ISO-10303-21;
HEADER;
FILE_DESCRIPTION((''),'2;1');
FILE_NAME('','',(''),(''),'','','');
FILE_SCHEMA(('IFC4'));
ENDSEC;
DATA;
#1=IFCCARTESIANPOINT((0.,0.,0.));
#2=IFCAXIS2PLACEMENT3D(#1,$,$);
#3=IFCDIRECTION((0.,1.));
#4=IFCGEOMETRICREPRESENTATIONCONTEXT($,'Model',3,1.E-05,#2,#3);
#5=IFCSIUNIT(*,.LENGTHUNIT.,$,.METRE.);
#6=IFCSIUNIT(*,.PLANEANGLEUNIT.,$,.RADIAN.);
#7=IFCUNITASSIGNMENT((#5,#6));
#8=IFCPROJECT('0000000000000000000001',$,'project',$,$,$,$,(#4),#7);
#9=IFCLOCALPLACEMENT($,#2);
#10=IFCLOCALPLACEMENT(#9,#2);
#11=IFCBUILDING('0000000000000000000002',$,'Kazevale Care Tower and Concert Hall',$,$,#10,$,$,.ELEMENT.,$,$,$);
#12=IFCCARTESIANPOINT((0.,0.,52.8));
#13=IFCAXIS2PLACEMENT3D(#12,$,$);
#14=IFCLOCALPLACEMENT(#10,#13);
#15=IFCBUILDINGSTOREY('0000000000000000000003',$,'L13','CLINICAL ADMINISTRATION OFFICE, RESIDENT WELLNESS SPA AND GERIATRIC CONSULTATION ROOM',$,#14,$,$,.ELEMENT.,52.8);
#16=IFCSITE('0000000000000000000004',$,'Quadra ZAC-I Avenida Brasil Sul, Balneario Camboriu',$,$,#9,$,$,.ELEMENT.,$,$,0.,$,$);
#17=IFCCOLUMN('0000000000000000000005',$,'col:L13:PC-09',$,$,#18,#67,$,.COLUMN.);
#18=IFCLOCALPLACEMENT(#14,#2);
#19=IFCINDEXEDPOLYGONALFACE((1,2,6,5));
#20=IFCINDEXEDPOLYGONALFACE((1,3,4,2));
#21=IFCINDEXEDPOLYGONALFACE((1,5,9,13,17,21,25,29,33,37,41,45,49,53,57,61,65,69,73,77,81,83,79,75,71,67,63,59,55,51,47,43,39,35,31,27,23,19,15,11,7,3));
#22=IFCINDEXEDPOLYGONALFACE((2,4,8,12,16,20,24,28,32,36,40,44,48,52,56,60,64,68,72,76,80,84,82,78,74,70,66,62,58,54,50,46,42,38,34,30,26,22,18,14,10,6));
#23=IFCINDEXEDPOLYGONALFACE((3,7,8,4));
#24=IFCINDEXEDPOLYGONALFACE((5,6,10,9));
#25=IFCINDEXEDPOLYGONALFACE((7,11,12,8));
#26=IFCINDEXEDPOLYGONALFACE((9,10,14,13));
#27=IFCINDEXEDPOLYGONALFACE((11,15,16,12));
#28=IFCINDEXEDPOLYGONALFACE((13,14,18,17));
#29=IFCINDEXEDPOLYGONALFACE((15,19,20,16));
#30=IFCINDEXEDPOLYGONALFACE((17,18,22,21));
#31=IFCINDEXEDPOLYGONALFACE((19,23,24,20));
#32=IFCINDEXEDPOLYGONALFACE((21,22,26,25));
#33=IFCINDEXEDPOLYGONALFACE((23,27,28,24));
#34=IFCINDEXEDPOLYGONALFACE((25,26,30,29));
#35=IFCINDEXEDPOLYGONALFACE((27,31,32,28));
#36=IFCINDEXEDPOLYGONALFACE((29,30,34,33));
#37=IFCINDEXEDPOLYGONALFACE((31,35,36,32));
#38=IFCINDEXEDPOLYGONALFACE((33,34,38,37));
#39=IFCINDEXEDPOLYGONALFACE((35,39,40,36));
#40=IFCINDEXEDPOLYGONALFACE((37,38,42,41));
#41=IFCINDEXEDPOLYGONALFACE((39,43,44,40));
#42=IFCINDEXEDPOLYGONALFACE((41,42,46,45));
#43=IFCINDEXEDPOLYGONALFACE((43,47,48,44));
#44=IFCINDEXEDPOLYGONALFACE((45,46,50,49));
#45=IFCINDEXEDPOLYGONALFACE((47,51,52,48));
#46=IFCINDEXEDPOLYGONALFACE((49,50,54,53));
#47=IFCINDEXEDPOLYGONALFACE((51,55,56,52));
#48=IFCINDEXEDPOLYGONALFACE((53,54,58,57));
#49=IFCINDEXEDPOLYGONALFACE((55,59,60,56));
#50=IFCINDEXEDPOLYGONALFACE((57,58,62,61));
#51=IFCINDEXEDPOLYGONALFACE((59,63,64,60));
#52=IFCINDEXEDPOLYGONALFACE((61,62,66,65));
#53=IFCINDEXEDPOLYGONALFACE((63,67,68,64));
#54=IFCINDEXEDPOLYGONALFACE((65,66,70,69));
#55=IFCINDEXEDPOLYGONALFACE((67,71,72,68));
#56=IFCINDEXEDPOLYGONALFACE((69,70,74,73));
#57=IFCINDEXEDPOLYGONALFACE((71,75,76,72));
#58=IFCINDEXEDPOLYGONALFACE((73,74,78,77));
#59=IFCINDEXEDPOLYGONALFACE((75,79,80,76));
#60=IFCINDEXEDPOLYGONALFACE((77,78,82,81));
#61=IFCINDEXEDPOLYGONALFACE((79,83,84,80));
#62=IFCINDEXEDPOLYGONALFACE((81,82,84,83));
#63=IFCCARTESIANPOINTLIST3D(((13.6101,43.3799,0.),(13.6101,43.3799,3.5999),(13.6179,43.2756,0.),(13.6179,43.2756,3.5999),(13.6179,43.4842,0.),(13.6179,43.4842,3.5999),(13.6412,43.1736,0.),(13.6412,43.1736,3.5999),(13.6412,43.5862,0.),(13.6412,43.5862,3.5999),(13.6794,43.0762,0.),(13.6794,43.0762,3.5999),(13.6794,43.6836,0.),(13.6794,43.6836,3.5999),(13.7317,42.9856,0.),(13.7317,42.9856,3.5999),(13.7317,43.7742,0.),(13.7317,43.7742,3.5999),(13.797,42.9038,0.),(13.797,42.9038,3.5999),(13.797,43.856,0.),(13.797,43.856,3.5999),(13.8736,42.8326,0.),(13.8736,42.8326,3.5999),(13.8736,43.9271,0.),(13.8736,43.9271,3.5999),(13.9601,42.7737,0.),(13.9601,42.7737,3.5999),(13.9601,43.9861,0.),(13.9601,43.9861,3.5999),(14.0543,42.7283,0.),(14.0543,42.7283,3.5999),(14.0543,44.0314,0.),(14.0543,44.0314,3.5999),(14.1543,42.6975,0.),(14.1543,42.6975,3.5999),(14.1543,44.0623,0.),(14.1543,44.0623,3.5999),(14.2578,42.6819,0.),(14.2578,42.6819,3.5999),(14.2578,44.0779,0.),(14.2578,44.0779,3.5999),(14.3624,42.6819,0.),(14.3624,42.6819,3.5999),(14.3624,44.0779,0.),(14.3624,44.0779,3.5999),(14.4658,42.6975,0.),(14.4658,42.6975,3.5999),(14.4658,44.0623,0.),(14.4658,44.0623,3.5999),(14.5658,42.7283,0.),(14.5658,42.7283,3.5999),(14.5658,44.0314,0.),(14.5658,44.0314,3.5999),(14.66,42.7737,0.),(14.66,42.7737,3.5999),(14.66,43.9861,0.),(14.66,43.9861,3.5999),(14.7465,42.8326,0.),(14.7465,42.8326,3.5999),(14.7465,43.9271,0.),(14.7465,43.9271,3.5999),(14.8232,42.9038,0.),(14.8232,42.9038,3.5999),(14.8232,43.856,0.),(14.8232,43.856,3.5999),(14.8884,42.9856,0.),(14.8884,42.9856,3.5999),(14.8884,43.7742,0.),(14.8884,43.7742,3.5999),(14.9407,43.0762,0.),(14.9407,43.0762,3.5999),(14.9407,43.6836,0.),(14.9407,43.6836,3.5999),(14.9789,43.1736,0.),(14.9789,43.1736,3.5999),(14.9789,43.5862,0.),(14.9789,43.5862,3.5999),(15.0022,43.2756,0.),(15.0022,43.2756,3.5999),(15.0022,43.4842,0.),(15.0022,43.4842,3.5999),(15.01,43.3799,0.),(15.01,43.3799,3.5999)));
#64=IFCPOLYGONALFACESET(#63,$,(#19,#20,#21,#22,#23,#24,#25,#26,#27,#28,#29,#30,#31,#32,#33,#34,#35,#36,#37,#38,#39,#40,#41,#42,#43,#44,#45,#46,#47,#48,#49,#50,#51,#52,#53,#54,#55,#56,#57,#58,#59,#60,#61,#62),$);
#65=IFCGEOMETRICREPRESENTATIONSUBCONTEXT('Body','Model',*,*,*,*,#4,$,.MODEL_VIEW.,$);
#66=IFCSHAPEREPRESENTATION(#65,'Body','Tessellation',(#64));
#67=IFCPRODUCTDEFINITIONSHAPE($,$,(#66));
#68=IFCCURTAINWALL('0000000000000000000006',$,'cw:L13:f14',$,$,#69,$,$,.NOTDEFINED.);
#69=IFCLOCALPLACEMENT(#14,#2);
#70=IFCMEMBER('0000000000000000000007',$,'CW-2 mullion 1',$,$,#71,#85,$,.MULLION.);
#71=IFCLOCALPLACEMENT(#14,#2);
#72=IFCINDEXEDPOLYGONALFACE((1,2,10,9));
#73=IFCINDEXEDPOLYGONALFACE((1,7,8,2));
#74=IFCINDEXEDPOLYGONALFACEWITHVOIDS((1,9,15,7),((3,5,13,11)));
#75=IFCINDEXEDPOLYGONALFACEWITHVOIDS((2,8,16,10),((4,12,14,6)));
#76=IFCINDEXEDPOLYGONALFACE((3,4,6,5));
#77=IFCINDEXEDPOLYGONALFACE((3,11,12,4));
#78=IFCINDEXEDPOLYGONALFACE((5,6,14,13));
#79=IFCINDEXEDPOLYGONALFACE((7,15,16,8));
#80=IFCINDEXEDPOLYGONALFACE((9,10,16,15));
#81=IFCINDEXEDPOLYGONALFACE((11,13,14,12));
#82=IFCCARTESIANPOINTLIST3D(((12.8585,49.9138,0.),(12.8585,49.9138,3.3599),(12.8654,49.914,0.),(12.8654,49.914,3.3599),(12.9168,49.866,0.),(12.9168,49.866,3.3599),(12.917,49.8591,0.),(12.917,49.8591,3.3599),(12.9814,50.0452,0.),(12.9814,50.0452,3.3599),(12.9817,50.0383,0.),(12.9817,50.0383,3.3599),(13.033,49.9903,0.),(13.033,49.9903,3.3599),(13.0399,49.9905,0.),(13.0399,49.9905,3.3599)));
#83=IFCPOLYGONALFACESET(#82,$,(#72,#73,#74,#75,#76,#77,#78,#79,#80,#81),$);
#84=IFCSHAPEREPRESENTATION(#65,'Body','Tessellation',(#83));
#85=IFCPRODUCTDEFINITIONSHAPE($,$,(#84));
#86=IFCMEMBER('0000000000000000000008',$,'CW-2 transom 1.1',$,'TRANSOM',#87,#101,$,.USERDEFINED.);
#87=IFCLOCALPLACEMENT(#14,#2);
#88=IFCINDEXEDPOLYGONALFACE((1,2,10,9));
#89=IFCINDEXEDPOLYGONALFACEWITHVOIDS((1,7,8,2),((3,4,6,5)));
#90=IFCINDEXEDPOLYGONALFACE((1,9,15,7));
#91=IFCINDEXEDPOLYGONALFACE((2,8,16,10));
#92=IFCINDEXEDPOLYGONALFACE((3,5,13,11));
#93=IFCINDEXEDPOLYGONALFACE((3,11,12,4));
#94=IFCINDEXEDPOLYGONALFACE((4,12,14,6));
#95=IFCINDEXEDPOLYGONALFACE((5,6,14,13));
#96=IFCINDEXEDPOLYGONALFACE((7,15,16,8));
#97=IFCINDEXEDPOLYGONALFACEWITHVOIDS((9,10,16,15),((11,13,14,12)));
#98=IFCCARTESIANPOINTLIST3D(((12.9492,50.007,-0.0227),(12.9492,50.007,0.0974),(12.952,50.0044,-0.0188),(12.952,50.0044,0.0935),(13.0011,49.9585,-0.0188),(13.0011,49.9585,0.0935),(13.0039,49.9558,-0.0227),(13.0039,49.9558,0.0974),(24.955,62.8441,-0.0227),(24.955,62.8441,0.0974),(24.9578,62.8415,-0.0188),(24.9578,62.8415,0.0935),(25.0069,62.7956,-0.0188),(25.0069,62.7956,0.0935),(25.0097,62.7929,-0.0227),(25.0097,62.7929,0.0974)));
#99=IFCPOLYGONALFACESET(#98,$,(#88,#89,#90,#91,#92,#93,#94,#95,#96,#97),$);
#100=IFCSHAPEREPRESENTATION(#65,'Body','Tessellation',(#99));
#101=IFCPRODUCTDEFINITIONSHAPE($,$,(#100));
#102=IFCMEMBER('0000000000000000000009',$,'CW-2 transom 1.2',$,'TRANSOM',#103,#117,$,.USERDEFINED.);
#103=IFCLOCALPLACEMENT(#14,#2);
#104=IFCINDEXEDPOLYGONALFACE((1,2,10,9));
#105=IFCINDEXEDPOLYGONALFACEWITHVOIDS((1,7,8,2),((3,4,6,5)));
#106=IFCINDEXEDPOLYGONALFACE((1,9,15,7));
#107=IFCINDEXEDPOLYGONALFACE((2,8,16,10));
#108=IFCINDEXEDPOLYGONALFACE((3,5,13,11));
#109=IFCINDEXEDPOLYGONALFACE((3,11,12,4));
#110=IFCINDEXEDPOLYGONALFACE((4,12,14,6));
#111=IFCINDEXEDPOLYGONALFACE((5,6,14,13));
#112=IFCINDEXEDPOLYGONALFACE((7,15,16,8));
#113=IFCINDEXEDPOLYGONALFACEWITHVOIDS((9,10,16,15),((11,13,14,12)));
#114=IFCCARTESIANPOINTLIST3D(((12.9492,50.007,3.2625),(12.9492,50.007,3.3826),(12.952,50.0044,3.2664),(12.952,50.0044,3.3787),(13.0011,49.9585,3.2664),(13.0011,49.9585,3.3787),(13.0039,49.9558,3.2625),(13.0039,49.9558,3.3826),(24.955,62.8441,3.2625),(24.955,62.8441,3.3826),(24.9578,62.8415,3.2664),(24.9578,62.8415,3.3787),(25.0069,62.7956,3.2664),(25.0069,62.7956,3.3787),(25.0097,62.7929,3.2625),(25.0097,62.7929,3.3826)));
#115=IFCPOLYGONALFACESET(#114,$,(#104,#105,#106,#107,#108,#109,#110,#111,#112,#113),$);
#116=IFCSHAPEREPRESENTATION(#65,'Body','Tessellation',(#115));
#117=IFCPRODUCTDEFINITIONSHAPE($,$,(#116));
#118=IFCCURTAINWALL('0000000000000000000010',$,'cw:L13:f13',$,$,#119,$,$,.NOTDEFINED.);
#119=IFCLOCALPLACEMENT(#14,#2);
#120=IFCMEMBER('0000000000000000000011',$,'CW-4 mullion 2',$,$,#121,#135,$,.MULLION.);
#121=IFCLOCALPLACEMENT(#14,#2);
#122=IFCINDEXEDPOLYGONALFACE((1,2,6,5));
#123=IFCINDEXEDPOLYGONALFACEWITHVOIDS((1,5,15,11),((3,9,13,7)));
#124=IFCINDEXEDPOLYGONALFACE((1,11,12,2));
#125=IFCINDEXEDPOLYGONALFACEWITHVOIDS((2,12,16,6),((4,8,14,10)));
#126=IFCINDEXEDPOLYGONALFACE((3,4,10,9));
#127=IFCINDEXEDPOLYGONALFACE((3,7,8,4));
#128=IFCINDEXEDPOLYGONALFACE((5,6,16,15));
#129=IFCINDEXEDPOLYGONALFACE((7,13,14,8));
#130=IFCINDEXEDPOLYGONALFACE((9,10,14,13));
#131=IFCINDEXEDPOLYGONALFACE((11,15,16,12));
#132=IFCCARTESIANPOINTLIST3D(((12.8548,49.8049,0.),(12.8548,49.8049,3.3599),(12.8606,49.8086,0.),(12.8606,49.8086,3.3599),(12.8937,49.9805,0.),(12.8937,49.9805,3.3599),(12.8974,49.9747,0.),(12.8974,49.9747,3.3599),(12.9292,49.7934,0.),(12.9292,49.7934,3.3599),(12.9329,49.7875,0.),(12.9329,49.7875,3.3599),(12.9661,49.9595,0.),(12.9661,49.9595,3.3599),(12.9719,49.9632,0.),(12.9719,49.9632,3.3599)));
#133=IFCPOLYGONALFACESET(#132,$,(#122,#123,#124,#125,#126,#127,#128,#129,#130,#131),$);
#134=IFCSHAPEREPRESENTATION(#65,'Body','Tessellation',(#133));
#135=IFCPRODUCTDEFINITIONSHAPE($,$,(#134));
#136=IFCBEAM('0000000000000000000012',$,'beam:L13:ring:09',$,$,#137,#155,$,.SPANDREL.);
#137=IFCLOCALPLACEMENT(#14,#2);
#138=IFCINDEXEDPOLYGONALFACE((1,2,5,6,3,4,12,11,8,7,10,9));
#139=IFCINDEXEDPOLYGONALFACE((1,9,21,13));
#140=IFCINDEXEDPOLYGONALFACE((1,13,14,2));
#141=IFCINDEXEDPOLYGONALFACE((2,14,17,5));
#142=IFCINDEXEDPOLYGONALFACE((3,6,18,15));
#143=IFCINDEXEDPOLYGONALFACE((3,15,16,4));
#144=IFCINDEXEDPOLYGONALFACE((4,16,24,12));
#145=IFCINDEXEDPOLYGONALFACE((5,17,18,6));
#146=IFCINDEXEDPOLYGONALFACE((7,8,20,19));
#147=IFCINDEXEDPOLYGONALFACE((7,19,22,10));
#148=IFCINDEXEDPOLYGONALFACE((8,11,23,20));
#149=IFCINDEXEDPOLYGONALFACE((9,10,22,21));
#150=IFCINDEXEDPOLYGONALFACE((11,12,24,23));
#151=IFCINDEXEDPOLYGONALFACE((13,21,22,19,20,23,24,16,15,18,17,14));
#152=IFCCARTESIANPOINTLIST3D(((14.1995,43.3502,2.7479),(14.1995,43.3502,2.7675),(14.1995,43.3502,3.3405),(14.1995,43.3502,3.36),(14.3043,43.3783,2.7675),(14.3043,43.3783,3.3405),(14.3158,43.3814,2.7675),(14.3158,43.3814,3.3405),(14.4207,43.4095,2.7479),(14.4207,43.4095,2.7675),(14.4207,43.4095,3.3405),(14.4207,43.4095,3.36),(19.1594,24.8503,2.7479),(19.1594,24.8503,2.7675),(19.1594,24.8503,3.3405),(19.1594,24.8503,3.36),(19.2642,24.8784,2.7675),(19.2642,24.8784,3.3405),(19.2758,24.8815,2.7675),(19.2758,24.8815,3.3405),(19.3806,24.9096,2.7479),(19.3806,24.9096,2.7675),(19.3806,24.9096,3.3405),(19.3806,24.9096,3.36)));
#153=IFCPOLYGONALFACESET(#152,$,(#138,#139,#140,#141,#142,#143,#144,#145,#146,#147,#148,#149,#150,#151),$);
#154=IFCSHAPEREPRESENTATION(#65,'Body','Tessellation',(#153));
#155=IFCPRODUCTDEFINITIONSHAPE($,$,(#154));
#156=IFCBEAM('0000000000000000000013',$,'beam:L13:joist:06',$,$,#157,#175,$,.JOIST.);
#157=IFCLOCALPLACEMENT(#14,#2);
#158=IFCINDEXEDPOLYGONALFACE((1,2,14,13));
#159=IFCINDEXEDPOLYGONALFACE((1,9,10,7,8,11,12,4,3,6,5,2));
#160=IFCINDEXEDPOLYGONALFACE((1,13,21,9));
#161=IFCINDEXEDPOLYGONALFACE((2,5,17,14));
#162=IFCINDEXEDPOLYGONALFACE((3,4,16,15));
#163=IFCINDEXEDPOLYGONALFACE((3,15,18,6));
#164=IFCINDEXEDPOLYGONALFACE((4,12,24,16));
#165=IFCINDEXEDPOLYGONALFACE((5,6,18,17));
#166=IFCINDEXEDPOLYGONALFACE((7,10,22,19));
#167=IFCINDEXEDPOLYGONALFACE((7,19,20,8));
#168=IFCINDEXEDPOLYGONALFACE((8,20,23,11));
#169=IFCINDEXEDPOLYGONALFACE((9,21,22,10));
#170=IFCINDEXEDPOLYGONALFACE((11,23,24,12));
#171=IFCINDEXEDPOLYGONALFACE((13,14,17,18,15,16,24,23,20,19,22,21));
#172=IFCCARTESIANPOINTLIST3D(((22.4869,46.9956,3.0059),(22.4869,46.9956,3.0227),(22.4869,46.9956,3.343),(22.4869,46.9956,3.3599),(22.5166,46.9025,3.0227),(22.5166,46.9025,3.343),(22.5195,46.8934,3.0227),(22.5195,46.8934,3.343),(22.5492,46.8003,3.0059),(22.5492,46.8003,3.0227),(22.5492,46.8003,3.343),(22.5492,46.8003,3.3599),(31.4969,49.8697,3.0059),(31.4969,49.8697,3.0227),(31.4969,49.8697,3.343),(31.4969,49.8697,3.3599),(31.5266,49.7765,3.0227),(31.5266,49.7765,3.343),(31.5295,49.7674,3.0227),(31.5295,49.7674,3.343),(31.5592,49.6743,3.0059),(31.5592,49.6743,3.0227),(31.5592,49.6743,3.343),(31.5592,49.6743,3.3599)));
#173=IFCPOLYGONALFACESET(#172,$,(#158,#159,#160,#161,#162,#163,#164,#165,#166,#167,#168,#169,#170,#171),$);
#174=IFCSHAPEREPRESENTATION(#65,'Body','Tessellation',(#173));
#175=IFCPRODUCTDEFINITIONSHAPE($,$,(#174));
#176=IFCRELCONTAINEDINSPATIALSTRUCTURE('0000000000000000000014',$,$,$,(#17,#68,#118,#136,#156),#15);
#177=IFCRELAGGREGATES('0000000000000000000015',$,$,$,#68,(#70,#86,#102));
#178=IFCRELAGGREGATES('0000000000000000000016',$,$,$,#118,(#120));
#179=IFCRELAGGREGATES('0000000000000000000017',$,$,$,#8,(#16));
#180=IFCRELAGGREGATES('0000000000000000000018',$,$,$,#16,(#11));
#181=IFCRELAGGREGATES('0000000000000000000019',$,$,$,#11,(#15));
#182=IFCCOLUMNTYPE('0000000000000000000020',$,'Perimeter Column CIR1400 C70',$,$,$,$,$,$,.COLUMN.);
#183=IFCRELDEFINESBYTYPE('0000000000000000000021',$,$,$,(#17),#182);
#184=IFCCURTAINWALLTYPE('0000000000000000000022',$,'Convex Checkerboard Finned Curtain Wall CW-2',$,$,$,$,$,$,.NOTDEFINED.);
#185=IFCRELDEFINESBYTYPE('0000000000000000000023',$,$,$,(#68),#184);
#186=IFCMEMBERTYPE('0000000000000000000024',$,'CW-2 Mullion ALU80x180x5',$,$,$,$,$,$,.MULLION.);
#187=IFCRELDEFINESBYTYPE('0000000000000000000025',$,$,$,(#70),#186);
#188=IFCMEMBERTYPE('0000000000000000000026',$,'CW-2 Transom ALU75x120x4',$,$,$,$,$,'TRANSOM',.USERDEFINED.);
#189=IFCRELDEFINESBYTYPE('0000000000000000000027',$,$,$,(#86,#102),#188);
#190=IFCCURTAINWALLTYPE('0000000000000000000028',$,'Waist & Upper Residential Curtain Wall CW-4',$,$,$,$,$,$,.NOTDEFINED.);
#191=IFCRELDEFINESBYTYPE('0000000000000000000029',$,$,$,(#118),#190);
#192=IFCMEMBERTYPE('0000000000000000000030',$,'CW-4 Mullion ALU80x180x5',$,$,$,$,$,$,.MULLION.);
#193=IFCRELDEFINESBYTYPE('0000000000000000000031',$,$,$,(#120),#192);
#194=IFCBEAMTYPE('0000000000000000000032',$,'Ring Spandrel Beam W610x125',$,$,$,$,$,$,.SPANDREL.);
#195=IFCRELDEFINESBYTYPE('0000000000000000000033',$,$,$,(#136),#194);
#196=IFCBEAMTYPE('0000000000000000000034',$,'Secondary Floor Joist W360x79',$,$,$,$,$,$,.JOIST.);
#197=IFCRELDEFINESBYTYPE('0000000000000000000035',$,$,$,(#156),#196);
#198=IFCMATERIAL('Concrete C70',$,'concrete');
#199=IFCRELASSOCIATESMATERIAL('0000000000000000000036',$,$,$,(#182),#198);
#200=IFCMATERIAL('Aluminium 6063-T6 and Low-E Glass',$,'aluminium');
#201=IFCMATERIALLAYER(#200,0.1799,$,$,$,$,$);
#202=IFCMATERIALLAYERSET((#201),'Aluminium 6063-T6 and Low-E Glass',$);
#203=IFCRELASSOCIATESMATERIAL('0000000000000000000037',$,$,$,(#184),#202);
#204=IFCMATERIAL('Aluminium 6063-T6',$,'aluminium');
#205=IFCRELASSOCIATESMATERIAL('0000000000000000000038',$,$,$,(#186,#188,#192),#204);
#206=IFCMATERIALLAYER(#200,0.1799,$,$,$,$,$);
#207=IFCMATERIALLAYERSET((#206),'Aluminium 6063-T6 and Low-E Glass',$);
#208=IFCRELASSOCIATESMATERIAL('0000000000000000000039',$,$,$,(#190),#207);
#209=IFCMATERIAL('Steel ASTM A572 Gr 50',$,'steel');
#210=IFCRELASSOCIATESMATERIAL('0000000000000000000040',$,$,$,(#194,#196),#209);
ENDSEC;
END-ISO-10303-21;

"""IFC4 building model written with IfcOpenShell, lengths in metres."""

from ifc_helpers import new_model, si_unit, direction, frame, origin, origin_2d, place, context, subcontext, project, spatial, hollow_rectangle, circle, i_section, extrude, material, layer, layer_set, material_profile, profile_set, type_object, element, aggregate, save


model = new_model("IFC4")

# Units and contexts
model_context = context("Model", 3, precision=1e-05, world=origin(), true_north=direction((0.0, 1.0)))
body_context = subcontext(model_context, "Body", "Model", "MODEL_VIEW")
ifc_project = project(units=[si_unit("LENGTHUNIT", "METRE"), si_unit("PLANEANGLEUNIT", "RADIAN")], contexts=[model_context])

# Site, building, storey
site_placement = place(None, origin())
site = spatial("IfcSite", under=ifc_project, at=site_placement, Name="Quadra ZAC-I Avenida Brasil Sul, Balneario Camboriu", CompositionType="ELEMENT", RefElevation=0.0)
building_placement = place(site_placement, origin())
building = spatial("IfcBuilding", under=site, at=building_placement, Name="Kazevale Care Tower and Concert Hall", CompositionType="ELEMENT")
storey_placement = place(building_placement, frame((0.0, 0.0, 52.8)))
storey = spatial("IfcBuildingStorey", under=building, at=storey_placement, Name="L13", Description="CLINICAL ADMINISTRATION OFFICE, RESIDENT WELLNESS SPA AND GERIATRIC CONSULTATION ROOM", CompositionType="ELEMENT", Elevation=52.8)

# Column
ifc_material_1 = material(Name="Concrete C70", Category="concrete")
ifc_material_profile_1 = material_profile(ifc_material_1, circle(Radius=0.7, at=origin_2d()), Name="RC-CIR1400")
ifc_profile_set_1 = profile_set([ifc_material_profile_1], Name="Concrete C70")
column_type = type_object("IfcColumnType", Name="Perimeter Column CIR1400 C70", PredefinedType="COLUMN", material=ifc_profile_set_1)
column_placement = place(storey_placement, frame((14.3101, 43.3799, 0.0), z_axis=(0.0, 0.0, 1.0), x_axis=(1.0, 0.0, 0.0)))
element("IfcColumn", 1, at=column_placement, inside=storey, type_object=column_type, Name="col:L13:PC-09", PredefinedType="COLUMN", context=body_context, shape_type="SweptSolid", body=[
    extrude(circle(Radius=0.7, at=origin_2d()), origin(), (0.0, 0.0, 1.0), 3.5999),
])

# Curtain wall, members
ifc_material_2 = material(Name="Aluminium 6063-T6 and Low-E Glass", Category="aluminium")
ifc_layer_1 = layer(ifc_material_2, 0.1799)
ifc_layer_set_1 = layer_set([ifc_layer_1], Name="Aluminium 6063-T6 and Low-E Glass")
curtain_wall_type_1 = type_object("IfcCurtainWallType", Name="Convex Checkerboard Finned Curtain Wall CW-2", PredefinedType="NOTDEFINED", material=ifc_layer_set_1)
curtain_wall_1_placement = place(storey_placement, origin())
curtain_wall_1 = element("IfcCurtainWall", 2, at=curtain_wall_1_placement, inside=storey, type_object=curtain_wall_type_1, Name="cw:L13:f14", PredefinedType="NOTDEFINED")
ifc_material_3 = material(Name="Aluminium 6063-T6", Category="aluminium")
ifc_material_profile_2 = material_profile(ifc_material_3, hollow_rectangle(XDim=0.0801, YDim=0.1799, WallThickness=0.0049, at=origin_2d()), Name="ALU80x180x5")
ifc_profile_set_2 = profile_set([ifc_material_profile_2], Name="Aluminium 6063-T6")
member_type_1 = type_object("IfcMemberType", Name="CW-2 Mullion ALU80x180x5", PredefinedType="MULLION", material=ifc_profile_set_2)
member_1_placement = place(storey_placement, frame((12.9492, 49.9521, 0.0), z_axis=(0.0, 0.0, 1.0), x_axis=(-0.730363, 0.683059, 0.0)))
member_1 = element("IfcMember", 3, at=member_1_placement, type_object=member_type_1, Name="CW-2 mullion 1", PredefinedType="MULLION", context=body_context, shape_type="SweptSolid", body=[
    extrude(hollow_rectangle(XDim=0.0801, YDim=0.1799, WallThickness=0.0049, at=origin_2d()), origin(), (0.0, 0.0, 1.0), 3.3599),
])
ifc_material_profile_3 = material_profile(ifc_material_3, hollow_rectangle(XDim=0.075, YDim=0.1201, WallThickness=0.0039, at=origin_2d()), Name="ALU75x120x4")
ifc_profile_set_3 = profile_set([ifc_material_profile_3], Name="Aluminium 6063-T6")
member_type_2 = type_object("IfcMemberType", Name="CW-2 Transom ALU75x120x4", ElementType="TRANSOM", PredefinedType="USERDEFINED", material=ifc_profile_set_3)
member_2_placement = place(storey_placement, frame((12.9766, 49.9814, 0.0374), z_axis=(0.683063, 0.730359, 0.0), x_axis=(-0.730359, 0.683063, 0.0)))
member_2 = element("IfcMember", 4, at=member_2_placement, type_object=member_type_2, Name="CW-2 transom 1.1", ObjectType="TRANSOM", PredefinedType="USERDEFINED", context=body_context, shape_type="SweptSolid", body=[
    extrude(hollow_rectangle(XDim=0.075, YDim=0.1201, WallThickness=0.0039, at=origin_2d()), origin(), (0.0, 0.0, 1.0), 17.5764),
])
member_3_placement = place(storey_placement, frame((12.9766, 49.9814, 3.3225), z_axis=(0.683063, 0.730359, 0.0), x_axis=(-0.730359, 0.683063, 0.0)))
member_3 = element("IfcMember", 5, at=member_3_placement, type_object=member_type_2, Name="CW-2 transom 1.2", ObjectType="TRANSOM", PredefinedType="USERDEFINED", context=body_context, shape_type="SweptSolid", body=[
    extrude(hollow_rectangle(XDim=0.075, YDim=0.1201, WallThickness=0.0039, at=origin_2d()), origin(), (0.0, 0.0, 1.0), 17.5764),
])
aggregate(curtain_wall_1, [member_1, member_2, member_3])

# Curtain wall, member
ifc_layer_2 = layer(ifc_material_2, 0.1799)
ifc_layer_set_2 = layer_set([ifc_layer_2], Name="Aluminium 6063-T6 and Low-E Glass")
curtain_wall_type_2 = type_object("IfcCurtainWallType", Name="Waist & Upper Residential Curtain Wall CW-4", PredefinedType="NOTDEFINED", material=ifc_layer_set_2)
curtain_wall_2_placement = place(storey_placement, origin())
curtain_wall_2 = element("IfcCurtainWall", 6, at=curtain_wall_2_placement, inside=storey, type_object=curtain_wall_type_2, Name="cw:L13:f13", PredefinedType="NOTDEFINED")
ifc_material_profile_4 = material_profile(ifc_material_3, hollow_rectangle(XDim=0.0801, YDim=0.1799, WallThickness=0.0049, at=origin_2d()), Name="ALU80x180x5")
ifc_profile_set_4 = profile_set([ifc_material_profile_4], Name="Aluminium 6063-T6")
member_type_3 = type_object("IfcMemberType", Name="CW-4 Mullion ALU80x180x5", PredefinedType="MULLION", material=ifc_profile_set_4)
member_4_placement = place(storey_placement, frame((12.9133, 49.884, 0.0), z_axis=(0.0, 0.0, 1.0), x_axis=(-0.976291, 0.216461, 0.0)))
member_4 = element("IfcMember", 7, at=member_4_placement, type_object=member_type_3, Name="CW-4 mullion 2", PredefinedType="MULLION", context=body_context, shape_type="SweptSolid", body=[
    extrude(hollow_rectangle(XDim=0.0801, YDim=0.1799, WallThickness=0.0049, at=origin_2d()), origin(), (0.0, 0.0, 1.0), 3.3599),
])

# Beams
ifc_material_4 = material(Name="Steel ASTM A572 Gr 50", Category="steel")
ifc_material_profile_5 = material_profile(ifc_material_4, i_section(OverallWidth=0.229, OverallDepth=0.6121, WebThickness=0.012, FlangeThickness=0.0195, at=origin_2d()), Name="W610x125")
ifc_profile_set_5 = profile_set([ifc_material_profile_5], Name="Steel ASTM A572 Gr 50")
beam_type_1 = type_object("IfcBeamType", Name="Ring Spandrel Beam W610x125", PredefinedType="SPANDREL", material=ifc_profile_set_5)
beam_1_placement = place(storey_placement, frame((14.3101, 43.3799, 3.054), z_axis=(0.25896, -0.965888, 0.0), x_axis=(0.965888, 0.25896, 0.0)))
element("IfcBeam", 8, at=beam_1_placement, inside=storey, type_object=beam_type_1, Name="beam:L13:ring:09", PredefinedType="SPANDREL", context=body_context, shape_type="SweptSolid", body=[
    extrude(i_section(OverallWidth=0.229, OverallDepth=0.6121, WebThickness=0.012, FlangeThickness=0.0195, at=origin_2d()), origin(), (0.0, 0.0, 1.0), 19.1533),
])
ifc_material_profile_6 = material_profile(ifc_material_4, i_section(OverallWidth=0.2051, OverallDepth=0.354, WebThickness=0.0095, FlangeThickness=0.0168, at=origin_2d()), Name="W360x79")
ifc_profile_set_6 = profile_set([ifc_material_profile_6], Name="Steel ASTM A572 Gr 50")
beam_type_2 = type_object("IfcBeamType", Name="Secondary Floor Joist W360x79", PredefinedType="JOIST", material=ifc_profile_set_6)
beam_2_placement = place(storey_placement, frame((31.5281, 49.772, 3.1829), z_axis=(-0.952705, -0.303895, 0.0), x_axis=(0.303895, -0.952705, 0.0)))
element("IfcBeam", 9, at=beam_2_placement, inside=storey, type_object=beam_type_2, Name="beam:L13:joist:06", PredefinedType="JOIST", context=body_context, shape_type="SweptSolid", body=[
    extrude(i_section(OverallWidth=0.2051, OverallDepth=0.354, WebThickness=0.0095, FlangeThickness=0.0168, at=origin_2d()), origin(), (0.0, 0.0, 1.0), 9.4573),
])

aggregate(curtain_wall_2, [member_4])

save(model, "model.ifc")
